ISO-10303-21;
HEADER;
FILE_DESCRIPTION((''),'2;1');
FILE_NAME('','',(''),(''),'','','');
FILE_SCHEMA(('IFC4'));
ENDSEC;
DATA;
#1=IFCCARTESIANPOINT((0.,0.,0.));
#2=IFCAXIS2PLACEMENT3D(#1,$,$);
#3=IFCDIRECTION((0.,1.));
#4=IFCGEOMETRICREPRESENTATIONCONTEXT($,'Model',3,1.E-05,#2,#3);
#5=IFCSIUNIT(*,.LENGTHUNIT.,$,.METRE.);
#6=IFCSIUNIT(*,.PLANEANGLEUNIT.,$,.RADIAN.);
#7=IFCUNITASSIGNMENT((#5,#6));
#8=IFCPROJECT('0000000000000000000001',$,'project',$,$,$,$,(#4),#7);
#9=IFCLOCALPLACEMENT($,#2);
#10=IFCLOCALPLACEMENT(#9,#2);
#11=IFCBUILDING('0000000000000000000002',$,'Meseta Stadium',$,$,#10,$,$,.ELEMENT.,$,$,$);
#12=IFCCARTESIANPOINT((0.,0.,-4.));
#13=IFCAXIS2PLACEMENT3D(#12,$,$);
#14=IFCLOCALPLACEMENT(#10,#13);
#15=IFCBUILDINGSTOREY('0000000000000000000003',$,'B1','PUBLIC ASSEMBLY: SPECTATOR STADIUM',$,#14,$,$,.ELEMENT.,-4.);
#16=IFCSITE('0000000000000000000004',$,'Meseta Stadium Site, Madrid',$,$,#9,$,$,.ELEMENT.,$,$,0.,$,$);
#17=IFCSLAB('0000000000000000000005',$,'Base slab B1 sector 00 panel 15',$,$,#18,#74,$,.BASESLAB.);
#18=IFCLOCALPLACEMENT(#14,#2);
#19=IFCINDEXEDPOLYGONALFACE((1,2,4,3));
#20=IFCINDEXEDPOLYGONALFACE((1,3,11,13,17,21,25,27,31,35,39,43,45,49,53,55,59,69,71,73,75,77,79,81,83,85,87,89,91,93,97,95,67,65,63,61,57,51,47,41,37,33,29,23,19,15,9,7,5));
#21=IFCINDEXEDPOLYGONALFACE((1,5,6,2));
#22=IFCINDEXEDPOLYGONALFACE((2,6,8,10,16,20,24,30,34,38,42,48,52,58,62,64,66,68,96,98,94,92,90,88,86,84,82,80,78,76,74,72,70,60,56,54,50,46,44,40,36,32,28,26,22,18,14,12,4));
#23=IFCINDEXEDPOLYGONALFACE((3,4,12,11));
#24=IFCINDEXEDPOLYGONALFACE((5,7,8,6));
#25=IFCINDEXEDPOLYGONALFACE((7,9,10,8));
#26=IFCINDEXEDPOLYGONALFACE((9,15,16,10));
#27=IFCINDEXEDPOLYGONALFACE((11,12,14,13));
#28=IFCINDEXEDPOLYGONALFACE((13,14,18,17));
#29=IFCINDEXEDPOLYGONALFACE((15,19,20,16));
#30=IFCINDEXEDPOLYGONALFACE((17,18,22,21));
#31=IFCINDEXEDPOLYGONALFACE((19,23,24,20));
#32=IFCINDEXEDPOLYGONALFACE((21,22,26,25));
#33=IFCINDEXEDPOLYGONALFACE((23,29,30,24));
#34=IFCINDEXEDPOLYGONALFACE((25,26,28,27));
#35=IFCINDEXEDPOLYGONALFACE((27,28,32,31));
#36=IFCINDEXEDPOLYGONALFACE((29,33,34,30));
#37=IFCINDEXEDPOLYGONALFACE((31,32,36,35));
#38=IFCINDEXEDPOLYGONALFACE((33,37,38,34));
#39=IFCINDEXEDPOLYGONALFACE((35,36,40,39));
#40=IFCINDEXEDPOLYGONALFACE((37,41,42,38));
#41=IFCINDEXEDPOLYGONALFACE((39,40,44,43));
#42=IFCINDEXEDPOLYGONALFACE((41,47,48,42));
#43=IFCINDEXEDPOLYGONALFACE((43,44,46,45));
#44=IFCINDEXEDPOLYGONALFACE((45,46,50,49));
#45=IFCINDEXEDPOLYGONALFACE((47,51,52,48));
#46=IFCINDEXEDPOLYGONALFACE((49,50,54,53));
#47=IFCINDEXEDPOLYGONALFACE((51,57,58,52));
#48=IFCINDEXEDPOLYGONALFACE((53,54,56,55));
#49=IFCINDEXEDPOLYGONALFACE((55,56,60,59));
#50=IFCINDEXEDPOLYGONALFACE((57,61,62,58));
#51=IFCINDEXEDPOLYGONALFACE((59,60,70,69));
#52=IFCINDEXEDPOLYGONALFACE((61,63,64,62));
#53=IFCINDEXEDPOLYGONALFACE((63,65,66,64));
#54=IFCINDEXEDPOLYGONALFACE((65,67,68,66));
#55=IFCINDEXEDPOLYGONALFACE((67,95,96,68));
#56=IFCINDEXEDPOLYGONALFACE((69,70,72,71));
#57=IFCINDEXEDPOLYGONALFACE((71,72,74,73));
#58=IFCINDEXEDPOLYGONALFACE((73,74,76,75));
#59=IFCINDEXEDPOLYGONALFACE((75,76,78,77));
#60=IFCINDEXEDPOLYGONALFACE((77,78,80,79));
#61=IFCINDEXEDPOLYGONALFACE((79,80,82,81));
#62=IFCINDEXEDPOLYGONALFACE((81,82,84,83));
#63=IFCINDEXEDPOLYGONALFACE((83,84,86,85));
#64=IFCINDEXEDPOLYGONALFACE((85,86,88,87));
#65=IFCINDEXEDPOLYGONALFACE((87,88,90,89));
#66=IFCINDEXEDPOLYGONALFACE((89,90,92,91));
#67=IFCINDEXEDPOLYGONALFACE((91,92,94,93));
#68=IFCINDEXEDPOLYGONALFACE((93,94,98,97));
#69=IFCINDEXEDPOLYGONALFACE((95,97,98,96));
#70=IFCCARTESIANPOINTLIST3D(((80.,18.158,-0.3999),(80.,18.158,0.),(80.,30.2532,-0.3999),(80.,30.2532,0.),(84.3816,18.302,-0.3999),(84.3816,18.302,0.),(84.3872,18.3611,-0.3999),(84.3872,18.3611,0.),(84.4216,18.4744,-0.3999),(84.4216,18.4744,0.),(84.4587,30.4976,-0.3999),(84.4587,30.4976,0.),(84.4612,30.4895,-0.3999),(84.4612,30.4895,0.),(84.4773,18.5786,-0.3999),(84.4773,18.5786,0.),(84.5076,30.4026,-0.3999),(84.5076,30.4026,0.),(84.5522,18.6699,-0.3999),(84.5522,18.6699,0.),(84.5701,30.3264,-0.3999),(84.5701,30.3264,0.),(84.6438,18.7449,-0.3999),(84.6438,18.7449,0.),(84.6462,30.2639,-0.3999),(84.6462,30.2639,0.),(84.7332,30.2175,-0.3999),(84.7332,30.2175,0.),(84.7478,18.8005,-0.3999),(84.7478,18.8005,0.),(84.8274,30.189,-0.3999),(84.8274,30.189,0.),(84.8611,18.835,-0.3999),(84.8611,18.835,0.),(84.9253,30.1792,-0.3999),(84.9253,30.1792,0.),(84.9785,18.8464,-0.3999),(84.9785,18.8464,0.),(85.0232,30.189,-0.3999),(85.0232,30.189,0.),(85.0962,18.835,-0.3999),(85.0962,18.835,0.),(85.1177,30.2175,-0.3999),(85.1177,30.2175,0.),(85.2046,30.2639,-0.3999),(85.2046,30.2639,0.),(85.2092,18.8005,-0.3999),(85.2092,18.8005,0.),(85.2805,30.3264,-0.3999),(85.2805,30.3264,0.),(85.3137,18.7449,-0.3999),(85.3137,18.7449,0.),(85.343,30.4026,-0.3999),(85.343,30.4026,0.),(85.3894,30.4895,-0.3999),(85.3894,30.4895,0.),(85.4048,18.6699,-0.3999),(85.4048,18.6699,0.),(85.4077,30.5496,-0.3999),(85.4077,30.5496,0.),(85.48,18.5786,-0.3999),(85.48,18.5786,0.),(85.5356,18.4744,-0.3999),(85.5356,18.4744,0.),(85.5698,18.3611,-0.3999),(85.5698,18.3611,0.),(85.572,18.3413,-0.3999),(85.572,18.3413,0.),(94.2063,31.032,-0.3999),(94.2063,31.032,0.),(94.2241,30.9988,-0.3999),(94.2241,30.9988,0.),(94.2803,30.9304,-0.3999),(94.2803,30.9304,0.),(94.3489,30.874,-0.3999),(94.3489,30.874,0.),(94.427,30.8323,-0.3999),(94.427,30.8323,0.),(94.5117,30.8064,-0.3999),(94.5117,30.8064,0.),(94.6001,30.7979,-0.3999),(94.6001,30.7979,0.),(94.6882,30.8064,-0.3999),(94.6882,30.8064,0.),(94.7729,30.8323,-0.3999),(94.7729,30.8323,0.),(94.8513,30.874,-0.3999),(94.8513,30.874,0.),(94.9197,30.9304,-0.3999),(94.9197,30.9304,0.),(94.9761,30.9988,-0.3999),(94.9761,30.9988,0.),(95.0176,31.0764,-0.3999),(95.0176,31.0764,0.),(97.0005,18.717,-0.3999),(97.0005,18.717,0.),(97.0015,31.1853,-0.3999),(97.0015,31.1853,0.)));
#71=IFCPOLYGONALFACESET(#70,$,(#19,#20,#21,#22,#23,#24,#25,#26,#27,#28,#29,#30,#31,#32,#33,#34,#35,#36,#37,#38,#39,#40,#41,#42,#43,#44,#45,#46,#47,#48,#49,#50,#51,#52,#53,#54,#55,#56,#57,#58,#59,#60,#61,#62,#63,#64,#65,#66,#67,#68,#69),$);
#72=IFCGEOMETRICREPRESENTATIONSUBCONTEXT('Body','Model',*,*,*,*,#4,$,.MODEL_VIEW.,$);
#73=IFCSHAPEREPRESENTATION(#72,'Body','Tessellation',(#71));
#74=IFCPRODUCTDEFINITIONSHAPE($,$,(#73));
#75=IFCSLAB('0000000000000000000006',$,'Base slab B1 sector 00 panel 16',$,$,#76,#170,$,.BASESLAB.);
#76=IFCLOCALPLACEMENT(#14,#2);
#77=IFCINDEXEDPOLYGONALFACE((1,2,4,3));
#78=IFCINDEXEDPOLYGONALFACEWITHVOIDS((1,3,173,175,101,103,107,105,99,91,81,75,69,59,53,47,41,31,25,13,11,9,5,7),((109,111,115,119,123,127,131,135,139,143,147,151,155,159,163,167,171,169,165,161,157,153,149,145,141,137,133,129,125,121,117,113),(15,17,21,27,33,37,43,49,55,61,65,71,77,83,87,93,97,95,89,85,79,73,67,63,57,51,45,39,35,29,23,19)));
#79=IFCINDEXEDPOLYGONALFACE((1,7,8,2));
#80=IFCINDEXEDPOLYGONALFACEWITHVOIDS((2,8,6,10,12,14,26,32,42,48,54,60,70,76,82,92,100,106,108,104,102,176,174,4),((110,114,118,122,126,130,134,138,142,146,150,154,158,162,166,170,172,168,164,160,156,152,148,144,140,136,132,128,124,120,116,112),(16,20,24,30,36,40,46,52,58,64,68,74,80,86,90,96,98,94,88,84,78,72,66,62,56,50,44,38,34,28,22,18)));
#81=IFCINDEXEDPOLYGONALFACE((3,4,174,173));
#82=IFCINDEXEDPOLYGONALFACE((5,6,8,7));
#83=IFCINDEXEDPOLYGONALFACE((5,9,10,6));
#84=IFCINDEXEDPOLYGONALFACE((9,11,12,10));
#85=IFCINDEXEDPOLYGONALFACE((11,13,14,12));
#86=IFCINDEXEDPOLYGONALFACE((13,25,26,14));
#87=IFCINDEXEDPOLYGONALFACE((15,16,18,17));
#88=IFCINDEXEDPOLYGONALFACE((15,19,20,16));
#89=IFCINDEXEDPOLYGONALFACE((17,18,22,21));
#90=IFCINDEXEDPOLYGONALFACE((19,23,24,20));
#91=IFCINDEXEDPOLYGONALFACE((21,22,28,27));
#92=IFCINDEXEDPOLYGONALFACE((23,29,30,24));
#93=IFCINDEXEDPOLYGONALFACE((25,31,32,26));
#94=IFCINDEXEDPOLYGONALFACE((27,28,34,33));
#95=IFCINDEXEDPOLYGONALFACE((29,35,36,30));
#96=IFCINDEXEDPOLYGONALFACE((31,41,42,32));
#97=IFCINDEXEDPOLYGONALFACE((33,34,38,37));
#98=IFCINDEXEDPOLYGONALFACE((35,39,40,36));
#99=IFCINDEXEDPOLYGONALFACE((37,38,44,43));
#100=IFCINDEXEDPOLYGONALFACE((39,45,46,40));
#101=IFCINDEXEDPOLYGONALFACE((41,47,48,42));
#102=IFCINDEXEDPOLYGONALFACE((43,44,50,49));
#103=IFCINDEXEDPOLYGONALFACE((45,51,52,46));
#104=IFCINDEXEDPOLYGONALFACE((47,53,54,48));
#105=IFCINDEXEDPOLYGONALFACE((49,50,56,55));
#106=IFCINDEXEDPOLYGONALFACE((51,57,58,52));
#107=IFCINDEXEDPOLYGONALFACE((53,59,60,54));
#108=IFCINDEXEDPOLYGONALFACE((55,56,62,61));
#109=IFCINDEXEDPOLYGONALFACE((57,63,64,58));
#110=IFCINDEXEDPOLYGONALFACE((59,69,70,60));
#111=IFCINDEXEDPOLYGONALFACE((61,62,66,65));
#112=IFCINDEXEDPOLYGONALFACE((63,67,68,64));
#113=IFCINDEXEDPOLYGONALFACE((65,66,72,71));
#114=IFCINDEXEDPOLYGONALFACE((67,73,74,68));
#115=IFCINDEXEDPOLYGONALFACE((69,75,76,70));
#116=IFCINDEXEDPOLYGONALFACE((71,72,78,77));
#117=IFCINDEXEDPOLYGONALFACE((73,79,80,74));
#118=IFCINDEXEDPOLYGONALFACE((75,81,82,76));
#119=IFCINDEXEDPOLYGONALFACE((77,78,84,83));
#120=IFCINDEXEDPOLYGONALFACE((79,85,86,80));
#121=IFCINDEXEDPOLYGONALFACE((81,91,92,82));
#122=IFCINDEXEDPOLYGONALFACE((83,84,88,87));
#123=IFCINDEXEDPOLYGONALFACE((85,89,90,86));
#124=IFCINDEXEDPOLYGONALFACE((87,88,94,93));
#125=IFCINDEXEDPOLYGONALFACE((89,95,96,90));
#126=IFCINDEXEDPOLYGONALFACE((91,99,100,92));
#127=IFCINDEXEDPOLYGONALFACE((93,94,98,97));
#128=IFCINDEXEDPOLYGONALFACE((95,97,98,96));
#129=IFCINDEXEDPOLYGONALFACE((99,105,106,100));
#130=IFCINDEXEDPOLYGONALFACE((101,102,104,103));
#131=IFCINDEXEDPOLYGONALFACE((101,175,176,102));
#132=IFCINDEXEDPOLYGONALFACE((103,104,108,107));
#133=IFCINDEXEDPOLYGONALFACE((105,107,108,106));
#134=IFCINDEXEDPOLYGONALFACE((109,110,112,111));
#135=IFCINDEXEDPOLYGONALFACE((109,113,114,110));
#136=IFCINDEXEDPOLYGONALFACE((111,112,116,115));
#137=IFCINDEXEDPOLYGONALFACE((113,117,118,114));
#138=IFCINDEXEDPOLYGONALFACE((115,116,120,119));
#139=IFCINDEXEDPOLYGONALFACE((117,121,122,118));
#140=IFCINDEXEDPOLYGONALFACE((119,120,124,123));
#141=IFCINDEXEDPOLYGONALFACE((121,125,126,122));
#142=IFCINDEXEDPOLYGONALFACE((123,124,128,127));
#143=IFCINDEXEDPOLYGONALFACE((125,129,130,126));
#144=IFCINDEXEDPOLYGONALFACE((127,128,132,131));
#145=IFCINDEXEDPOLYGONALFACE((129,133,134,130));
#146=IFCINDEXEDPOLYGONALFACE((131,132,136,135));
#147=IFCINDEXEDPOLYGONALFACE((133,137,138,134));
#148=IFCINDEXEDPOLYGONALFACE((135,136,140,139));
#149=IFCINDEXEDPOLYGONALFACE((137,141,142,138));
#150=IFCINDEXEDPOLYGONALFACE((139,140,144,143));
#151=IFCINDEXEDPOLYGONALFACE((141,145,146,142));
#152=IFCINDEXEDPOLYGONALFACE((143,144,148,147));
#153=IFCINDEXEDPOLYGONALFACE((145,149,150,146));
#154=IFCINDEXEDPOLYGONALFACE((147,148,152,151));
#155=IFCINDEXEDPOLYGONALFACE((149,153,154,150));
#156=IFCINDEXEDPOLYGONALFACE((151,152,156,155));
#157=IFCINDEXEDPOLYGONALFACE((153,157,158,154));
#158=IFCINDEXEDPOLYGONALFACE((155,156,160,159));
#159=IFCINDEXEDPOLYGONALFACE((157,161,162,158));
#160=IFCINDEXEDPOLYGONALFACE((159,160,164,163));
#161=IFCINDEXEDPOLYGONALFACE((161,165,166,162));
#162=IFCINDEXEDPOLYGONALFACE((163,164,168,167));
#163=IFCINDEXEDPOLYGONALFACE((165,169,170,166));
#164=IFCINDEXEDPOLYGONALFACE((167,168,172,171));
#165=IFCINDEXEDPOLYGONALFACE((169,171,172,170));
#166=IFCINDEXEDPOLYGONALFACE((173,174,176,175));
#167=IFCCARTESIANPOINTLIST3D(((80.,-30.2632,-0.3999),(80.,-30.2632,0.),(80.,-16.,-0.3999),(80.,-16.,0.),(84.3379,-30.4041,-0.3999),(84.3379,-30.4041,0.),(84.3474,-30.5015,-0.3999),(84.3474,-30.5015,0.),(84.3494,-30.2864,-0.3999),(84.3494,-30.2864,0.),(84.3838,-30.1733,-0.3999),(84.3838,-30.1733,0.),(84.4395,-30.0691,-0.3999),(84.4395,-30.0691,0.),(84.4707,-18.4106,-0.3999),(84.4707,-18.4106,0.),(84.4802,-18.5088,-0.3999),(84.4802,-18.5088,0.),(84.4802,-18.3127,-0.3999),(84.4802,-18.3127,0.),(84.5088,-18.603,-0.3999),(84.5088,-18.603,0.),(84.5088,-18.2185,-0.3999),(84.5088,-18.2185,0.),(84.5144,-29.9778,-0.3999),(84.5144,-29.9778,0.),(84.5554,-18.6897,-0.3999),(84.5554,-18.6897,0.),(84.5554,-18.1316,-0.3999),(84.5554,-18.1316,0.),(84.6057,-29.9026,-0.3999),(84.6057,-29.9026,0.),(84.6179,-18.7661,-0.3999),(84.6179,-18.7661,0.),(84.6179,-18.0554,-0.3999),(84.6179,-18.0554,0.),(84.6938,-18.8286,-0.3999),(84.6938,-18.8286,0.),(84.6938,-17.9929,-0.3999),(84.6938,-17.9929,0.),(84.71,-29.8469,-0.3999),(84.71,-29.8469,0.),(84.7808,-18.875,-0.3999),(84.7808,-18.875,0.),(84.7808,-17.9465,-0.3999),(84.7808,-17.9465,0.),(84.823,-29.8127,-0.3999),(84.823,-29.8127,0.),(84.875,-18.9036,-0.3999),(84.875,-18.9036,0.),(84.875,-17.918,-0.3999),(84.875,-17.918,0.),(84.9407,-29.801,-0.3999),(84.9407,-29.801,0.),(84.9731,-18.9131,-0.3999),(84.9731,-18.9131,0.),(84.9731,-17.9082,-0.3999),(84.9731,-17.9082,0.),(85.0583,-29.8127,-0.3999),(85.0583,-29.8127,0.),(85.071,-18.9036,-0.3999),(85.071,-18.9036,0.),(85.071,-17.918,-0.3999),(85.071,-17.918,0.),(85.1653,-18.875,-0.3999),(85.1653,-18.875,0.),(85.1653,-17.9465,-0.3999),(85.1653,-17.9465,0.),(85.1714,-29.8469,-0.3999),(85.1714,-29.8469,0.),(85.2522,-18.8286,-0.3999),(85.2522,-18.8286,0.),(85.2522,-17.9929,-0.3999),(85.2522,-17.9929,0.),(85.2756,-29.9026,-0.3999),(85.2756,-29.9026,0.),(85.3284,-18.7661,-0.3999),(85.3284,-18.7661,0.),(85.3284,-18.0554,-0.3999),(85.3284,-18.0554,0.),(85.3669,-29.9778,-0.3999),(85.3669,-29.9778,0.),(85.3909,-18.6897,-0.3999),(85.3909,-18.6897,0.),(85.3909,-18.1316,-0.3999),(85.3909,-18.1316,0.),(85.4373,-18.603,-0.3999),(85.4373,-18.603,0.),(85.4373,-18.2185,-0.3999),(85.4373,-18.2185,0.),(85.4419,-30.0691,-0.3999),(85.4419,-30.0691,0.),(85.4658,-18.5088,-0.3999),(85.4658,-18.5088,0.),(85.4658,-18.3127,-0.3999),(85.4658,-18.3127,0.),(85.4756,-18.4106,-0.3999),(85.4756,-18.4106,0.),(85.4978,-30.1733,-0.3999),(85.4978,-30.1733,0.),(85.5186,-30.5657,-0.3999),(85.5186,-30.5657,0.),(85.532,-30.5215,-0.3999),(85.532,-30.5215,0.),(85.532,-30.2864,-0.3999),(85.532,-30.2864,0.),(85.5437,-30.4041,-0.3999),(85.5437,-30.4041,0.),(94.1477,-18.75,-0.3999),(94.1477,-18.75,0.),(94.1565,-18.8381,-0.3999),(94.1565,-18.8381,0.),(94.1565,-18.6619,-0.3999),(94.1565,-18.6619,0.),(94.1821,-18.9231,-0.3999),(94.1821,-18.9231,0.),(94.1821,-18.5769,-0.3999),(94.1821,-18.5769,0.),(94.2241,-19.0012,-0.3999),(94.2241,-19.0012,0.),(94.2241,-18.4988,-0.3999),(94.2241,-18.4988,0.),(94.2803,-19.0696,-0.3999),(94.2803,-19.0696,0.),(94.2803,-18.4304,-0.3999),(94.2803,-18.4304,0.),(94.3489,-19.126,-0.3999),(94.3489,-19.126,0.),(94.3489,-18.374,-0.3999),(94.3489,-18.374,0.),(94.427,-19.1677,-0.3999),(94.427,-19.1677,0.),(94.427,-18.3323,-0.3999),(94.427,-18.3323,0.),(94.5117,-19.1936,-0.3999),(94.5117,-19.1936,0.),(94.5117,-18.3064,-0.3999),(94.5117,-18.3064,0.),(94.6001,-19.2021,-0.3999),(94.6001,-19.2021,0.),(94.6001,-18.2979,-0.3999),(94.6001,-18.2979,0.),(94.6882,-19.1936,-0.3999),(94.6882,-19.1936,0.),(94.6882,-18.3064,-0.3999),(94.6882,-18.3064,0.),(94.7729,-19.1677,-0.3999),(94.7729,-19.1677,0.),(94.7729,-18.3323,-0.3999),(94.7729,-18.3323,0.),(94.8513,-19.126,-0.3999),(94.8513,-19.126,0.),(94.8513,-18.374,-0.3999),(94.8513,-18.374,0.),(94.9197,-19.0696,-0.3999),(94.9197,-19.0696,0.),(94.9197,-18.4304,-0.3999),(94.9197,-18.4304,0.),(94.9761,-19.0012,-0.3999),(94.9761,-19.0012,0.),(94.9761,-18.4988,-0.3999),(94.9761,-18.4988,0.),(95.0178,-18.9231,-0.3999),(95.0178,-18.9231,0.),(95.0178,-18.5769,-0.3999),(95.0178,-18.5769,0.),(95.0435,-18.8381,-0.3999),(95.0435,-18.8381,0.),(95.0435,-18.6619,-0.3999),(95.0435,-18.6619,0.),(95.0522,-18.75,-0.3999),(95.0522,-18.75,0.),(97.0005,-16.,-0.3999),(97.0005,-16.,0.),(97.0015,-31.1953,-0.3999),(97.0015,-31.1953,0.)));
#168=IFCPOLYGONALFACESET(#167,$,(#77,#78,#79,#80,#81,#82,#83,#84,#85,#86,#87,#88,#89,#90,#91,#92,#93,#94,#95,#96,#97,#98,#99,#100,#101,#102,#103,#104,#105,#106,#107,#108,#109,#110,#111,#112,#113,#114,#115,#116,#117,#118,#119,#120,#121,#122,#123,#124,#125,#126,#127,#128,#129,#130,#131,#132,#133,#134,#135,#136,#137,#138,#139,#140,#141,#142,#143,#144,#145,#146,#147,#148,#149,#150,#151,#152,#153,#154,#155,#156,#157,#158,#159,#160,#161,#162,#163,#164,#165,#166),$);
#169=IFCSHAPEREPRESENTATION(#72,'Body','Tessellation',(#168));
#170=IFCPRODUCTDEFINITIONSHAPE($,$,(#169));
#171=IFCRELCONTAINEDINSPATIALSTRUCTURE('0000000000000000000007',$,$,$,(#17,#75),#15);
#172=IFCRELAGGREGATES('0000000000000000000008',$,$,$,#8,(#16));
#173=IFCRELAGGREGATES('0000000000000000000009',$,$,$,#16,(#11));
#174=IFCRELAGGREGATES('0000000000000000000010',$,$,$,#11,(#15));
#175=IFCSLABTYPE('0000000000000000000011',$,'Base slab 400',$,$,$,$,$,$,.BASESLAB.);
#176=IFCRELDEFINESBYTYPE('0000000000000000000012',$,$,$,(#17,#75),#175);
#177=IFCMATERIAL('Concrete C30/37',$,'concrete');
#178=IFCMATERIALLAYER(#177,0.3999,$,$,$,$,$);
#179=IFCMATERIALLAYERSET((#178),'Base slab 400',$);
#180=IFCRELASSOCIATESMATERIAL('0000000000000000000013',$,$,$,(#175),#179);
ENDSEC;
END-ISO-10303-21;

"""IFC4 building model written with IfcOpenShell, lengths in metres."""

from ifc_helpers import new_model, si_unit, direction, frame, origin, place, context, subcontext, project, spatial, polyline, outline, extrude, material, layer, layer_set, type_object, element, save


model = new_model("IFC4")

# Units and contexts
model_context = context("Model", 3, precision=1e-05, world=origin(), true_north=direction((0.0, 1.0)))
body_context = subcontext(model_context, "Body", "Model", "MODEL_VIEW")
ifc_project = project(units=[si_unit("LENGTHUNIT", "METRE"), si_unit("PLANEANGLEUNIT", "RADIAN")], contexts=[model_context])

# Site, building, storey
site_placement = place(None, origin())
site = spatial("IfcSite", under=ifc_project, at=site_placement, Name="Meseta Stadium Site, Madrid", CompositionType="ELEMENT", RefElevation=0.0)
building_placement = place(site_placement, origin())
building = spatial("IfcBuilding", under=site, at=building_placement, Name="Meseta Stadium", CompositionType="ELEMENT")
storey_placement = place(building_placement, frame((0.0, 0.0, -4.0)))
storey = spatial("IfcBuildingStorey", under=building, at=storey_placement, Name="B1", Description="PUBLIC ASSEMBLY: SPECTATOR STADIUM", CompositionType="ELEMENT", Elevation=-4.0)

# Slabs
ifc_material_1 = material(Name="Concrete C30/37", Category="concrete")
ifc_layer_1 = layer(ifc_material_1, 0.3999)
ifc_layer_set_1 = layer_set([ifc_layer_1], Name="Base slab 400")
slab_type = type_object("IfcSlabType", Name="Base slab 400", PredefinedType="BASESLAB", material=ifc_layer_set_1)
slab_1_placement = place(storey_placement, frame((0.0, 0.0, -0.3999)))
element("IfcSlab", 1, at=slab_1_placement, inside=storey, type_object=slab_type, Name="Base slab B1 sector 00 panel 15", PredefinedType="BASESLAB", context=body_context, shape_type="SweptSolid", body=[
    extrude(outline(polyline([(84.5701, 30.3264), (84.5076, 30.4026), (84.4612, 30.4895), (84.4587, 30.4976), (80.0, 30.2532), (80.0, 18.158), (84.3816, 18.302), (84.3872, 18.3611), (84.4216, 18.4744), (84.4773, 18.5786), (84.5522, 18.6699), (84.6438, 18.7449), (84.7478, 18.8005), (84.8611, 18.835), (84.9785, 18.8464), (85.0962, 18.835), (85.2092, 18.8005), (85.3137, 18.7449), (85.4048, 18.6699), (85.48, 18.5786), (85.5356, 18.4744), (85.5698, 18.3611), (85.572, 18.3413), (97.0005, 18.717), (97.0015, 31.1853), (95.0176, 31.0764), (94.9761, 30.9988), (94.9197, 30.9304), (94.8513, 30.874), (94.7729, 30.8323), (94.6882, 30.8064), (94.6001, 30.7979), (94.5117, 30.8064), (94.427, 30.8323), (94.3489, 30.874), (94.2803, 30.9304), (94.2241, 30.9988), (94.2063, 31.032), (85.4077, 30.5496), (85.3894, 30.4895), (85.343, 30.4026), (85.2805, 30.3264), (85.2046, 30.2639), (85.1177, 30.2175), (85.0232, 30.189), (84.9253, 30.1792), (84.8274, 30.189), (84.7332, 30.2175), (84.6462, 30.2639), (84.5701, 30.3264)])), origin(), (0.0, 0.0, 1.0), 0.3999),
])
slab_2_placement = place(storey_placement, frame((0.0, 0.0, -0.3999)))
element("IfcSlab", 2, at=slab_2_placement, inside=storey, type_object=slab_type, Name="Base slab B1 sector 00 panel 16", PredefinedType="BASESLAB", context=body_context, shape_type="SweptSolid", body=[
    extrude(outline(polyline([(85.1714, -29.8469), (85.2756, -29.9026), (85.3669, -29.9778), (85.4419, -30.0691), (85.4978, -30.1733), (85.532, -30.2864), (85.5437, -30.4041), (85.532, -30.5215), (85.5186, -30.5657), (97.0015, -31.1953), (97.0005, -16.0), (80.0, -16.0), (80.0, -30.2632), (84.3474, -30.5015), (84.3379, -30.4041), (84.3494, -30.2864), (84.3838, -30.1733), (84.4395, -30.0691), (84.5144, -29.9778), (84.6057, -29.9026), (84.71, -29.8469), (84.823, -29.8127), (84.9407, -29.801), (85.0583, -29.8127), (85.1714, -29.8469)]), holes=[polyline([(84.6179, -18.7661), (84.5554, -18.6897), (84.5088, -18.603), (84.4802, -18.5088), (84.4707, -18.4106), (84.4802, -18.3127), (84.5088, -18.2185), (84.5554, -18.1316), (84.6179, -18.0554), (84.6938, -17.9929), (84.7808, -17.9465), (84.875, -17.918), (84.9731, -17.9082), (85.071, -17.918), (85.1653, -17.9465), (85.2522, -17.9929), (85.3284, -18.0554), (85.3909, -18.1316), (85.4373, -18.2185), (85.4658, -18.3127), (85.4756, -18.4106), (85.4658, -18.5088), (85.4373, -18.603), (85.3909, -18.6897), (85.3284, -18.7661), (85.2522, -18.8286), (85.1653, -18.875), (85.071, -18.9036), (84.9731, -18.9131), (84.875, -18.9036), (84.7808, -18.875), (84.6938, -18.8286), (84.6179, -18.7661)]), polyline([(94.2803, -19.0696), (94.2241, -19.0012), (94.1821, -18.9231), (94.1565, -18.8381), (94.1477, -18.75), (94.1565, -18.6619), (94.1821, -18.5769), (94.2241, -18.4988), (94.2803, -18.4304), (94.3489, -18.374), (94.427, -18.3323), (94.5117, -18.3064), (94.6001, -18.2979), (94.6882, -18.3064), (94.7729, -18.3323), (94.8513, -18.374), (94.9197, -18.4304), (94.9761, -18.4988), (95.0178, -18.5769), (95.0435, -18.6619), (95.0522, -18.75), (95.0435, -18.8381), (95.0178, -18.9231), (94.9761, -19.0012), (94.9197, -19.0696), (94.8513, -19.126), (94.7729, -19.1677), (94.6882, -19.1936), (94.6001, -19.2021), (94.5117, -19.1936), (94.427, -19.1677), (94.3489, -19.126), (94.2803, -19.0696)])]), origin(), (0.0, 0.0, 1.0), 0.3999),
])

save(model, "model.ifc")
